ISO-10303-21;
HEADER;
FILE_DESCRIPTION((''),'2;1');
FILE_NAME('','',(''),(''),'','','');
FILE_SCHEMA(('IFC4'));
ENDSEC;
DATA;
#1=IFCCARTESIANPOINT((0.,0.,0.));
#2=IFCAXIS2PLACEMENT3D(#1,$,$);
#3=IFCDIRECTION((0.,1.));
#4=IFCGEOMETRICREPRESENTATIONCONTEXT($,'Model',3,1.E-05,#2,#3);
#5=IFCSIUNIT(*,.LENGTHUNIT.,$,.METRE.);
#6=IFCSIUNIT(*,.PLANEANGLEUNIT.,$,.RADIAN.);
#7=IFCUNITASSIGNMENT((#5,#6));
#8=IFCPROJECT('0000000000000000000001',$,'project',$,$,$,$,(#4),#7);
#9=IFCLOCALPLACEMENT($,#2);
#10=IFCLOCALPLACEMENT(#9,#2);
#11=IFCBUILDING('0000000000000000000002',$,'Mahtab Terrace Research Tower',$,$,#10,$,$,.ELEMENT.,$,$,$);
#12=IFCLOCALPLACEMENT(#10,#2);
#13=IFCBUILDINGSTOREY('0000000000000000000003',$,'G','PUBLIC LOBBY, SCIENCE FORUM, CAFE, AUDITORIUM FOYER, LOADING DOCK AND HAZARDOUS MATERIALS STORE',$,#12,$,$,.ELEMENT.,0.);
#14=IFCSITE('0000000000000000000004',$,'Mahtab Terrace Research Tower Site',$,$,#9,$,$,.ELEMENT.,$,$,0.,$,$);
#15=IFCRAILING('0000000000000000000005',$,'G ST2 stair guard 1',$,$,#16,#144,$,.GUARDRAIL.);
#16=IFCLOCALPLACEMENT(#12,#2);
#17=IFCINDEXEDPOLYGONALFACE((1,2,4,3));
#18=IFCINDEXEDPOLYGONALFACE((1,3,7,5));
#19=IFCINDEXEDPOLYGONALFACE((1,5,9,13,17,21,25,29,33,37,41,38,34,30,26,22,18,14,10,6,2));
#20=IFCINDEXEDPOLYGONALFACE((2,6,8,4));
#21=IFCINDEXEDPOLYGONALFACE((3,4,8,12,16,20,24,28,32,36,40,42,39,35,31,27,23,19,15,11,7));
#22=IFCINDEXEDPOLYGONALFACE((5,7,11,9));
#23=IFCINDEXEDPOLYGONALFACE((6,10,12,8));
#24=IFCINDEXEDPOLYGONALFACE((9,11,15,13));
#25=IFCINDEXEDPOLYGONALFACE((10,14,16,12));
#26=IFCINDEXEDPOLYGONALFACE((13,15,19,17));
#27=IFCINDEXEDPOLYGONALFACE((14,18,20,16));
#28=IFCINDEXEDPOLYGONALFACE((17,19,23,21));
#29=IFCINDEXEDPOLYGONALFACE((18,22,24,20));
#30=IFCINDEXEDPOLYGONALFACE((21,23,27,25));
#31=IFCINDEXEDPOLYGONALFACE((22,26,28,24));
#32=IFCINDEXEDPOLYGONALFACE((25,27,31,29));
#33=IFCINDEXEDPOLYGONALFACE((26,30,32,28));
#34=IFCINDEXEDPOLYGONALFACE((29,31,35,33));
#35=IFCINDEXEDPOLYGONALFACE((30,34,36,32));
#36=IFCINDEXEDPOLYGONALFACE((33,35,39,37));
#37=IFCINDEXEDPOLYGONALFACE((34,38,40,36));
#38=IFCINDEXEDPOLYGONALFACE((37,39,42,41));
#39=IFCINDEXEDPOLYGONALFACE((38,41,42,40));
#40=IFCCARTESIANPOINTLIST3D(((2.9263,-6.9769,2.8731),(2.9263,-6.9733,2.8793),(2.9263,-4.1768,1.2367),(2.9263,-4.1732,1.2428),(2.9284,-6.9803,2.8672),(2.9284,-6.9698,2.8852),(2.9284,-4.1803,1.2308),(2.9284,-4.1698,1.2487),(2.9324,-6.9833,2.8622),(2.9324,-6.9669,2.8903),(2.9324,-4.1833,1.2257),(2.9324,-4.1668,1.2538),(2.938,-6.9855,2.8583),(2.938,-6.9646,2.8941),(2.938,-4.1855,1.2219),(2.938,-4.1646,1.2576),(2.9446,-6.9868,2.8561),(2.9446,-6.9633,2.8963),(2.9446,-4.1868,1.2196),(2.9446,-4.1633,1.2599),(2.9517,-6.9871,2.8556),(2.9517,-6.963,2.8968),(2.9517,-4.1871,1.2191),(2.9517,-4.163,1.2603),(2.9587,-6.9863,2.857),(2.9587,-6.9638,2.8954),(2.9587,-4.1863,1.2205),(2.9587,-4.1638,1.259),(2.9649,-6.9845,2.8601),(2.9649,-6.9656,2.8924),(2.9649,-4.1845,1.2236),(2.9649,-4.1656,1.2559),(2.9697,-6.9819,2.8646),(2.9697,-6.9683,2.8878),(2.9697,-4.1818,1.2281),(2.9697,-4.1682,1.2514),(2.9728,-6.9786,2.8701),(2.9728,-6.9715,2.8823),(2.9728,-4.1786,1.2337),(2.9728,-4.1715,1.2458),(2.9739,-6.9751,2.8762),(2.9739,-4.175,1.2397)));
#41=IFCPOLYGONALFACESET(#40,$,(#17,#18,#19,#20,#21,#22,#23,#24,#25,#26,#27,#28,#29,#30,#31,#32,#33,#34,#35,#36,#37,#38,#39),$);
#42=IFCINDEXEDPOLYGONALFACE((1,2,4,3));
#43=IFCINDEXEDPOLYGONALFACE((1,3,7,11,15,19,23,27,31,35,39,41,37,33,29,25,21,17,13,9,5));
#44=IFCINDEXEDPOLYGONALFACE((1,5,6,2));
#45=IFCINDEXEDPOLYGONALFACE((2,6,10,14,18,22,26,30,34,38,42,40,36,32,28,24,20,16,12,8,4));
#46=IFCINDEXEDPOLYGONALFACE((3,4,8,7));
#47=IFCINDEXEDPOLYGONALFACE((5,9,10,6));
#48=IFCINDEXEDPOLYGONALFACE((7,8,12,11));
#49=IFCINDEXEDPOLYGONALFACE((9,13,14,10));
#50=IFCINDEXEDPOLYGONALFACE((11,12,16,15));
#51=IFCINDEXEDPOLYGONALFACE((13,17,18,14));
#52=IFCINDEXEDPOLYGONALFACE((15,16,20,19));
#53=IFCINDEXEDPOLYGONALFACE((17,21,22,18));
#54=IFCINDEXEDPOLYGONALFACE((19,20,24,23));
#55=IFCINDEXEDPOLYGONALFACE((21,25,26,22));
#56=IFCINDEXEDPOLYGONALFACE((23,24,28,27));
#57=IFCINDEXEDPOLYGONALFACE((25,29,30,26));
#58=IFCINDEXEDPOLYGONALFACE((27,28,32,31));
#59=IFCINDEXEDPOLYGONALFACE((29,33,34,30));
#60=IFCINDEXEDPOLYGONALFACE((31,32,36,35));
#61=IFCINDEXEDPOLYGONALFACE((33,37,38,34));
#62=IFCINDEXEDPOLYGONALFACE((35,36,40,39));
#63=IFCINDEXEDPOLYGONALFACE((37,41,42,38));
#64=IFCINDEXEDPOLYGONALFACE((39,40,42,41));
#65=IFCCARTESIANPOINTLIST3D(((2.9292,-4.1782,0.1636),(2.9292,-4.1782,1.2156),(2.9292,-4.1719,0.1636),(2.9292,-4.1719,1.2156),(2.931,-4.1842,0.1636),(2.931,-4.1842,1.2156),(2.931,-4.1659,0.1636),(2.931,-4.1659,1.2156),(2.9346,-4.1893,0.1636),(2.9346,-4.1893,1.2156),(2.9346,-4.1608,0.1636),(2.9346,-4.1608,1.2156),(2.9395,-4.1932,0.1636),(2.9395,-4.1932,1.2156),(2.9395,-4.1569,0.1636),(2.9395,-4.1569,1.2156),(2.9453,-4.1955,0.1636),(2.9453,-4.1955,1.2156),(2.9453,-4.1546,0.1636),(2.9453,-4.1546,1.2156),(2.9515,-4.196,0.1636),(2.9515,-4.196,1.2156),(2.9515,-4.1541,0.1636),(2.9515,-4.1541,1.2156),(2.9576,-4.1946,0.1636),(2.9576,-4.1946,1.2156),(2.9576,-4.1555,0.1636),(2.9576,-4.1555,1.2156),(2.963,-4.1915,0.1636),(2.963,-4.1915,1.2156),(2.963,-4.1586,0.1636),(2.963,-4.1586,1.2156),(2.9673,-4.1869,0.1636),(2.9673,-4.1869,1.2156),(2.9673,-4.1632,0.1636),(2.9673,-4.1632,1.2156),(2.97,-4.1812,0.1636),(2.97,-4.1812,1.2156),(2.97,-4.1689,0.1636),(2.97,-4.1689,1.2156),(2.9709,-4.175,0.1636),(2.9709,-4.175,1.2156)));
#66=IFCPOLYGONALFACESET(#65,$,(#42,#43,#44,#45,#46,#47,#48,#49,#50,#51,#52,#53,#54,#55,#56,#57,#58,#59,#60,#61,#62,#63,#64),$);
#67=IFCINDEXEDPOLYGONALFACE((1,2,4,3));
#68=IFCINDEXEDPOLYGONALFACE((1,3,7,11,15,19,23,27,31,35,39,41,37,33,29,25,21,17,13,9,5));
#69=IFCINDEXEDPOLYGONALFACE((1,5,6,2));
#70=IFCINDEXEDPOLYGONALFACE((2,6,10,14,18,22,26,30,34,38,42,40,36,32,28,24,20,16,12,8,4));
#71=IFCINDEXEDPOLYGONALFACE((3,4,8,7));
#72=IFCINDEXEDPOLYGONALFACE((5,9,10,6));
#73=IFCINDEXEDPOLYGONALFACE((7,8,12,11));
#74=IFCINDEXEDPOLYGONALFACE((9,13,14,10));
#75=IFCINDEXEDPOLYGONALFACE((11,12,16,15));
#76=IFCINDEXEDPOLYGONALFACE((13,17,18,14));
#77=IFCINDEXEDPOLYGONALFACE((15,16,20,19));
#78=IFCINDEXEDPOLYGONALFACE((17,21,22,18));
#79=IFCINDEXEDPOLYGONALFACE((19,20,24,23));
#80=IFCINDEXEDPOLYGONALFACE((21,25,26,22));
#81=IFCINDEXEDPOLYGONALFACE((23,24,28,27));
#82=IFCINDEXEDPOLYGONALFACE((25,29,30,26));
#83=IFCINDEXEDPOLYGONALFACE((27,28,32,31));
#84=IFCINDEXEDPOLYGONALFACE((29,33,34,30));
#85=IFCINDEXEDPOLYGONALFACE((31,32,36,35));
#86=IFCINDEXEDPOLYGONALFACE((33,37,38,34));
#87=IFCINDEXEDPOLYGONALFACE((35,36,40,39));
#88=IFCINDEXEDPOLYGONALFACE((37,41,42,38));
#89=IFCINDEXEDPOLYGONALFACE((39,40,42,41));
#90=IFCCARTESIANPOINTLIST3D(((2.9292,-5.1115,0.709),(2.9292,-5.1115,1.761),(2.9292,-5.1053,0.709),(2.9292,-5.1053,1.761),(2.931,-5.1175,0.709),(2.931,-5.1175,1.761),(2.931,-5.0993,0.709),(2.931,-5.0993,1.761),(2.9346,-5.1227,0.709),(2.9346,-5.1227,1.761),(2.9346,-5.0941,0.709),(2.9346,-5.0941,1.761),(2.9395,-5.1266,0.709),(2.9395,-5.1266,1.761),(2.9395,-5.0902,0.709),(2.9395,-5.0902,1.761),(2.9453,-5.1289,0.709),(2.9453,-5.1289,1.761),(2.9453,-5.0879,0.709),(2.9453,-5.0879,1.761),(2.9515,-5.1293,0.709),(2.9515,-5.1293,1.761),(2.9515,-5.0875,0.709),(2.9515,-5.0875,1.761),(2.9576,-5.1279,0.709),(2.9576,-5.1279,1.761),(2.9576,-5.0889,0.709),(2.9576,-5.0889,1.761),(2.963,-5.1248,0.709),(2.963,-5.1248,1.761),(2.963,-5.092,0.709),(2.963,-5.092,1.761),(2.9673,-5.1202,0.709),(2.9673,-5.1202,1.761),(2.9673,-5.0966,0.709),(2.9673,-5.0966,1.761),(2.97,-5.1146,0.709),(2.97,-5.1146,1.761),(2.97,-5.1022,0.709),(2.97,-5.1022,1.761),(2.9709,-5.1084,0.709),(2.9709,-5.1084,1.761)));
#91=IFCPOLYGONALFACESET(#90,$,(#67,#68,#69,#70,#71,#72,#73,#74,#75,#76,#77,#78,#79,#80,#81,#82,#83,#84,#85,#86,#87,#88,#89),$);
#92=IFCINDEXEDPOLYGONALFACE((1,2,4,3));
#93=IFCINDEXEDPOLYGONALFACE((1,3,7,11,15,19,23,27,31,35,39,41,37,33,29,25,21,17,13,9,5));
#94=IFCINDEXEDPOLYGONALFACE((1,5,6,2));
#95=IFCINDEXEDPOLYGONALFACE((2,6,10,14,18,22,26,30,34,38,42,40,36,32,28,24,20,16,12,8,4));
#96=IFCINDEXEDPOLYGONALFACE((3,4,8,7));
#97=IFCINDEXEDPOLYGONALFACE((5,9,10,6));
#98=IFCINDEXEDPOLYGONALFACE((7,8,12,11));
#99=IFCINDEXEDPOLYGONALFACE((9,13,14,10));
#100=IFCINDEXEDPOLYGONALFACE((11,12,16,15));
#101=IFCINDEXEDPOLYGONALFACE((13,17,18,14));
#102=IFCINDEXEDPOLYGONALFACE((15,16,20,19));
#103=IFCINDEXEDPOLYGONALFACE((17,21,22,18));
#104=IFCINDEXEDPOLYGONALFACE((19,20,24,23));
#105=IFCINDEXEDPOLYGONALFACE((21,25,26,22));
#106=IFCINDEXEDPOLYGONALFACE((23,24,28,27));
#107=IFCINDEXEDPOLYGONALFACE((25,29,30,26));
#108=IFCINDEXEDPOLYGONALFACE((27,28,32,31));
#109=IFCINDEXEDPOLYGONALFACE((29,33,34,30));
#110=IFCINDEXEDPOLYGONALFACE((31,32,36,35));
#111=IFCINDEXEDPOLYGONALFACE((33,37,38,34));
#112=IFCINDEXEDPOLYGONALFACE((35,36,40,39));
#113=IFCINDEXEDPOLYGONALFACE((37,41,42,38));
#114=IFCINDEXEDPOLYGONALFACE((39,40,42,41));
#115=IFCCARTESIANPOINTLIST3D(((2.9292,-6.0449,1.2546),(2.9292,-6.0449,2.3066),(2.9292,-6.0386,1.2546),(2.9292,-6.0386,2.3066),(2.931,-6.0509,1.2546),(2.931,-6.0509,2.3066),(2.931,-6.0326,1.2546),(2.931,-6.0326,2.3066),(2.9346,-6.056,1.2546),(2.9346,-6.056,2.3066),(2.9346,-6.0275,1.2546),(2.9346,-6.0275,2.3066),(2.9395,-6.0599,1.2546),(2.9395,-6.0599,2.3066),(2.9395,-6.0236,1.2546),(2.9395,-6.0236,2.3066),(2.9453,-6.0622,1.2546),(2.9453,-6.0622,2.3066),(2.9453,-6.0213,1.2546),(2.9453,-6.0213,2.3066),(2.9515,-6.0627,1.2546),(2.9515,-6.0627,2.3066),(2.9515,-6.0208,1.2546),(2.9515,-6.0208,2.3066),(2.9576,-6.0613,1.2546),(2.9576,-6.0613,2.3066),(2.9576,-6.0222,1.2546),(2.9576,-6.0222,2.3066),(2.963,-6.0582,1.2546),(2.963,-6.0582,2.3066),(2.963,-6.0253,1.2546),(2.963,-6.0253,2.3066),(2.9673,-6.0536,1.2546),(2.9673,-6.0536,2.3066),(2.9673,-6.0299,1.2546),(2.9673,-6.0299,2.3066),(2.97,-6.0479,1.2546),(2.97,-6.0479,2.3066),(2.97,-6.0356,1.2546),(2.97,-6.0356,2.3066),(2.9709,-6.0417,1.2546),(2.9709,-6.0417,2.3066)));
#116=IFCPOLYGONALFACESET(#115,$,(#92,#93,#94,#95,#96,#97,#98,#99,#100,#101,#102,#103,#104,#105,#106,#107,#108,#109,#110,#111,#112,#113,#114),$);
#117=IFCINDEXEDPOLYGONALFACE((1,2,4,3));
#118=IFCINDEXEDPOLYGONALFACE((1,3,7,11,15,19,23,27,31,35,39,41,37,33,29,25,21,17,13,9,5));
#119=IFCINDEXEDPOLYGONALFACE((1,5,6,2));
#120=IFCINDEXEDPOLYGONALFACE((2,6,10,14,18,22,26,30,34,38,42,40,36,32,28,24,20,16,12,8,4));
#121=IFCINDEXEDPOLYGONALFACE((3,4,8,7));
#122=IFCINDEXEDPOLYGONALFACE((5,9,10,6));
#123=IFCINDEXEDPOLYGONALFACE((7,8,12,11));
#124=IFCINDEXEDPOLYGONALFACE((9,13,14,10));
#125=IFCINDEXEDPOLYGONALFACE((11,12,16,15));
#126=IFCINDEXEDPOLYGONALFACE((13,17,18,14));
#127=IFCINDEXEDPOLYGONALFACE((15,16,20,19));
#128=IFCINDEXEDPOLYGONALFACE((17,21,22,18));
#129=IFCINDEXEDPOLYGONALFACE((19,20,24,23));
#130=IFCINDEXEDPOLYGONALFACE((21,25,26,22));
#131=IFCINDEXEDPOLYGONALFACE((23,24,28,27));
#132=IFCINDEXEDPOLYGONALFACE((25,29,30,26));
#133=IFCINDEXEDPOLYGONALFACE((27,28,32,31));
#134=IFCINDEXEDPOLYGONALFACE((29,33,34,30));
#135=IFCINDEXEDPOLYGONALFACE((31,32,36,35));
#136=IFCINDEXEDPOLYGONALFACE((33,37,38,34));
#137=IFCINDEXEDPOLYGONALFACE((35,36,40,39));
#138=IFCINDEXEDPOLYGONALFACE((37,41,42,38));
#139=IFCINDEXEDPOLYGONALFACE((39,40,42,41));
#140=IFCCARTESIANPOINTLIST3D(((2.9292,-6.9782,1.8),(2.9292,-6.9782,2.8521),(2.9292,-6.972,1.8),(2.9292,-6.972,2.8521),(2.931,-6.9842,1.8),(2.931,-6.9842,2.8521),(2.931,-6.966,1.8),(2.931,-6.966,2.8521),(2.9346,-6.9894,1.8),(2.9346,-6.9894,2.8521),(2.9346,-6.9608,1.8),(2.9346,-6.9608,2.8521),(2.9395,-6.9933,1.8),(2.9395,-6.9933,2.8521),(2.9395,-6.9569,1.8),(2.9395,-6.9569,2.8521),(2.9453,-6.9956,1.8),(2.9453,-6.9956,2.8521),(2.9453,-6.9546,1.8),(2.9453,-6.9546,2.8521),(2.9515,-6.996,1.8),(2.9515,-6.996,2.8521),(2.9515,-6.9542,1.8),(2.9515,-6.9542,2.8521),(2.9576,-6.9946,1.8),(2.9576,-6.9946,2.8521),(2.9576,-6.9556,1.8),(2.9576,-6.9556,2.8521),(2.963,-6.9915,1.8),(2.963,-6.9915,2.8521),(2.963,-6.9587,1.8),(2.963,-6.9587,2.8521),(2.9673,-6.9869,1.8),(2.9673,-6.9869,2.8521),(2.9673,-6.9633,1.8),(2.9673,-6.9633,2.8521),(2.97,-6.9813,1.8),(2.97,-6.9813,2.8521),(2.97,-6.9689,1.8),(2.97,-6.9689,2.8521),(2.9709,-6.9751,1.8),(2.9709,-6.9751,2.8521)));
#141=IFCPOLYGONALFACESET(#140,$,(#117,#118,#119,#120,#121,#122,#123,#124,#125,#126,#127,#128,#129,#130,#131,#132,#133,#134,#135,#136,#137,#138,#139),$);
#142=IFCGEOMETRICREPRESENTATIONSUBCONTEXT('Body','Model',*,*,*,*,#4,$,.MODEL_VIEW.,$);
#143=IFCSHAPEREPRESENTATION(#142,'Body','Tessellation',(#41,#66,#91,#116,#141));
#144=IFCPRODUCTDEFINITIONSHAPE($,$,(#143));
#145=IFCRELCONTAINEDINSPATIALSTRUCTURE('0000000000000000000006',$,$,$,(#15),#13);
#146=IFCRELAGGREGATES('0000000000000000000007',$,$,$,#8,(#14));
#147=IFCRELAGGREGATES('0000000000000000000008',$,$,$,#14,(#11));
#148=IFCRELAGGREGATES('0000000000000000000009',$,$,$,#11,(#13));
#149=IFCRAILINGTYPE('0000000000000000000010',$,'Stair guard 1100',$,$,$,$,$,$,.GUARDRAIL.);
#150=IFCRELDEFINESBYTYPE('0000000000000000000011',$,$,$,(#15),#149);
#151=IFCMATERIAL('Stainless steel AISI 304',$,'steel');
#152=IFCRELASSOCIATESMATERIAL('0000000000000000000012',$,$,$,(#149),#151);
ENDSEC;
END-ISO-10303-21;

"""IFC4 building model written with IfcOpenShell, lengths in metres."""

from ifc_helpers import new_model, si_unit, direction, frame, origin, origin_2d, place, context, subcontext, project, spatial, circle, extrude, material, type_object, element, save


model = new_model("IFC4")

# Units and contexts
model_context = context("Model", 3, precision=1e-05, world=origin(), true_north=direction((0.0, 1.0)))
body_context = subcontext(model_context, "Body", "Model", "MODEL_VIEW")
ifc_project = project(units=[si_unit("LENGTHUNIT", "METRE"), si_unit("PLANEANGLEUNIT", "RADIAN")], contexts=[model_context])

# Site, building, storey
site_placement = place(None, origin())
site = spatial("IfcSite", under=ifc_project, at=site_placement, Name="Mahtab Terrace Research Tower Site", CompositionType="ELEMENT", RefElevation=0.0)
building_placement = place(site_placement, origin())
building = spatial("IfcBuilding", under=site, at=building_placement, Name="Mahtab Terrace Research Tower", CompositionType="ELEMENT")
storey_placement = place(building_placement, origin())
storey = spatial("IfcBuildingStorey", under=building, at=storey_placement, Name="G", Description="PUBLIC LOBBY, SCIENCE FORUM, CAFE, AUDITORIUM FOYER, LOADING DOCK AND HAZARDOUS MATERIALS STORE", CompositionType="ELEMENT", Elevation=0.0)

# Railing
ifc_material_1 = material(Name="Stainless steel AISI 304", Category="steel")
railing_type_1 = type_object("IfcRailingType", Name="Stair guard 1100", PredefinedType="GUARDRAIL", material=ifc_material_1)
railing_1_placement = place(storey_placement, frame((2.95, -4.175, 0.1636)))
element("IfcRailing", 1, at=railing_1_placement, inside=storey, type_object=railing_type_1, Name="G ST2 stair guard 1", PredefinedType="GUARDRAIL", context=body_context, shape_type="SweptSolid", body=[
    extrude(circle(Radius=0.0239, at=origin_2d()), frame((0.0, 0.0, 1.0762), z_axis=(0.0, -0.863361, 0.504587), x_axis=(1.0, 0.0, 0.0)), (0.0, 0.0, 1.0), 3.2432),
    extrude(circle(Radius=0.021, at=origin_2d()), origin(), (0.0, 0.0, 1.0), 1.052),
    extrude(circle(Radius=0.021, at=origin_2d()), frame((0.0, -0.9333, 0.5454)), (0.0, 0.0, 1.0), 1.052),
    extrude(circle(Radius=0.021, at=origin_2d()), frame((0.0, -1.8667, 1.0911)), (0.0, 0.0, 1.0), 1.052),
    extrude(circle(Radius=0.021, at=origin_2d()), frame((0.0, -2.8, 1.6365)), (0.0, 0.0, 1.0), 1.052),
])

save(model, "model.ifc")
